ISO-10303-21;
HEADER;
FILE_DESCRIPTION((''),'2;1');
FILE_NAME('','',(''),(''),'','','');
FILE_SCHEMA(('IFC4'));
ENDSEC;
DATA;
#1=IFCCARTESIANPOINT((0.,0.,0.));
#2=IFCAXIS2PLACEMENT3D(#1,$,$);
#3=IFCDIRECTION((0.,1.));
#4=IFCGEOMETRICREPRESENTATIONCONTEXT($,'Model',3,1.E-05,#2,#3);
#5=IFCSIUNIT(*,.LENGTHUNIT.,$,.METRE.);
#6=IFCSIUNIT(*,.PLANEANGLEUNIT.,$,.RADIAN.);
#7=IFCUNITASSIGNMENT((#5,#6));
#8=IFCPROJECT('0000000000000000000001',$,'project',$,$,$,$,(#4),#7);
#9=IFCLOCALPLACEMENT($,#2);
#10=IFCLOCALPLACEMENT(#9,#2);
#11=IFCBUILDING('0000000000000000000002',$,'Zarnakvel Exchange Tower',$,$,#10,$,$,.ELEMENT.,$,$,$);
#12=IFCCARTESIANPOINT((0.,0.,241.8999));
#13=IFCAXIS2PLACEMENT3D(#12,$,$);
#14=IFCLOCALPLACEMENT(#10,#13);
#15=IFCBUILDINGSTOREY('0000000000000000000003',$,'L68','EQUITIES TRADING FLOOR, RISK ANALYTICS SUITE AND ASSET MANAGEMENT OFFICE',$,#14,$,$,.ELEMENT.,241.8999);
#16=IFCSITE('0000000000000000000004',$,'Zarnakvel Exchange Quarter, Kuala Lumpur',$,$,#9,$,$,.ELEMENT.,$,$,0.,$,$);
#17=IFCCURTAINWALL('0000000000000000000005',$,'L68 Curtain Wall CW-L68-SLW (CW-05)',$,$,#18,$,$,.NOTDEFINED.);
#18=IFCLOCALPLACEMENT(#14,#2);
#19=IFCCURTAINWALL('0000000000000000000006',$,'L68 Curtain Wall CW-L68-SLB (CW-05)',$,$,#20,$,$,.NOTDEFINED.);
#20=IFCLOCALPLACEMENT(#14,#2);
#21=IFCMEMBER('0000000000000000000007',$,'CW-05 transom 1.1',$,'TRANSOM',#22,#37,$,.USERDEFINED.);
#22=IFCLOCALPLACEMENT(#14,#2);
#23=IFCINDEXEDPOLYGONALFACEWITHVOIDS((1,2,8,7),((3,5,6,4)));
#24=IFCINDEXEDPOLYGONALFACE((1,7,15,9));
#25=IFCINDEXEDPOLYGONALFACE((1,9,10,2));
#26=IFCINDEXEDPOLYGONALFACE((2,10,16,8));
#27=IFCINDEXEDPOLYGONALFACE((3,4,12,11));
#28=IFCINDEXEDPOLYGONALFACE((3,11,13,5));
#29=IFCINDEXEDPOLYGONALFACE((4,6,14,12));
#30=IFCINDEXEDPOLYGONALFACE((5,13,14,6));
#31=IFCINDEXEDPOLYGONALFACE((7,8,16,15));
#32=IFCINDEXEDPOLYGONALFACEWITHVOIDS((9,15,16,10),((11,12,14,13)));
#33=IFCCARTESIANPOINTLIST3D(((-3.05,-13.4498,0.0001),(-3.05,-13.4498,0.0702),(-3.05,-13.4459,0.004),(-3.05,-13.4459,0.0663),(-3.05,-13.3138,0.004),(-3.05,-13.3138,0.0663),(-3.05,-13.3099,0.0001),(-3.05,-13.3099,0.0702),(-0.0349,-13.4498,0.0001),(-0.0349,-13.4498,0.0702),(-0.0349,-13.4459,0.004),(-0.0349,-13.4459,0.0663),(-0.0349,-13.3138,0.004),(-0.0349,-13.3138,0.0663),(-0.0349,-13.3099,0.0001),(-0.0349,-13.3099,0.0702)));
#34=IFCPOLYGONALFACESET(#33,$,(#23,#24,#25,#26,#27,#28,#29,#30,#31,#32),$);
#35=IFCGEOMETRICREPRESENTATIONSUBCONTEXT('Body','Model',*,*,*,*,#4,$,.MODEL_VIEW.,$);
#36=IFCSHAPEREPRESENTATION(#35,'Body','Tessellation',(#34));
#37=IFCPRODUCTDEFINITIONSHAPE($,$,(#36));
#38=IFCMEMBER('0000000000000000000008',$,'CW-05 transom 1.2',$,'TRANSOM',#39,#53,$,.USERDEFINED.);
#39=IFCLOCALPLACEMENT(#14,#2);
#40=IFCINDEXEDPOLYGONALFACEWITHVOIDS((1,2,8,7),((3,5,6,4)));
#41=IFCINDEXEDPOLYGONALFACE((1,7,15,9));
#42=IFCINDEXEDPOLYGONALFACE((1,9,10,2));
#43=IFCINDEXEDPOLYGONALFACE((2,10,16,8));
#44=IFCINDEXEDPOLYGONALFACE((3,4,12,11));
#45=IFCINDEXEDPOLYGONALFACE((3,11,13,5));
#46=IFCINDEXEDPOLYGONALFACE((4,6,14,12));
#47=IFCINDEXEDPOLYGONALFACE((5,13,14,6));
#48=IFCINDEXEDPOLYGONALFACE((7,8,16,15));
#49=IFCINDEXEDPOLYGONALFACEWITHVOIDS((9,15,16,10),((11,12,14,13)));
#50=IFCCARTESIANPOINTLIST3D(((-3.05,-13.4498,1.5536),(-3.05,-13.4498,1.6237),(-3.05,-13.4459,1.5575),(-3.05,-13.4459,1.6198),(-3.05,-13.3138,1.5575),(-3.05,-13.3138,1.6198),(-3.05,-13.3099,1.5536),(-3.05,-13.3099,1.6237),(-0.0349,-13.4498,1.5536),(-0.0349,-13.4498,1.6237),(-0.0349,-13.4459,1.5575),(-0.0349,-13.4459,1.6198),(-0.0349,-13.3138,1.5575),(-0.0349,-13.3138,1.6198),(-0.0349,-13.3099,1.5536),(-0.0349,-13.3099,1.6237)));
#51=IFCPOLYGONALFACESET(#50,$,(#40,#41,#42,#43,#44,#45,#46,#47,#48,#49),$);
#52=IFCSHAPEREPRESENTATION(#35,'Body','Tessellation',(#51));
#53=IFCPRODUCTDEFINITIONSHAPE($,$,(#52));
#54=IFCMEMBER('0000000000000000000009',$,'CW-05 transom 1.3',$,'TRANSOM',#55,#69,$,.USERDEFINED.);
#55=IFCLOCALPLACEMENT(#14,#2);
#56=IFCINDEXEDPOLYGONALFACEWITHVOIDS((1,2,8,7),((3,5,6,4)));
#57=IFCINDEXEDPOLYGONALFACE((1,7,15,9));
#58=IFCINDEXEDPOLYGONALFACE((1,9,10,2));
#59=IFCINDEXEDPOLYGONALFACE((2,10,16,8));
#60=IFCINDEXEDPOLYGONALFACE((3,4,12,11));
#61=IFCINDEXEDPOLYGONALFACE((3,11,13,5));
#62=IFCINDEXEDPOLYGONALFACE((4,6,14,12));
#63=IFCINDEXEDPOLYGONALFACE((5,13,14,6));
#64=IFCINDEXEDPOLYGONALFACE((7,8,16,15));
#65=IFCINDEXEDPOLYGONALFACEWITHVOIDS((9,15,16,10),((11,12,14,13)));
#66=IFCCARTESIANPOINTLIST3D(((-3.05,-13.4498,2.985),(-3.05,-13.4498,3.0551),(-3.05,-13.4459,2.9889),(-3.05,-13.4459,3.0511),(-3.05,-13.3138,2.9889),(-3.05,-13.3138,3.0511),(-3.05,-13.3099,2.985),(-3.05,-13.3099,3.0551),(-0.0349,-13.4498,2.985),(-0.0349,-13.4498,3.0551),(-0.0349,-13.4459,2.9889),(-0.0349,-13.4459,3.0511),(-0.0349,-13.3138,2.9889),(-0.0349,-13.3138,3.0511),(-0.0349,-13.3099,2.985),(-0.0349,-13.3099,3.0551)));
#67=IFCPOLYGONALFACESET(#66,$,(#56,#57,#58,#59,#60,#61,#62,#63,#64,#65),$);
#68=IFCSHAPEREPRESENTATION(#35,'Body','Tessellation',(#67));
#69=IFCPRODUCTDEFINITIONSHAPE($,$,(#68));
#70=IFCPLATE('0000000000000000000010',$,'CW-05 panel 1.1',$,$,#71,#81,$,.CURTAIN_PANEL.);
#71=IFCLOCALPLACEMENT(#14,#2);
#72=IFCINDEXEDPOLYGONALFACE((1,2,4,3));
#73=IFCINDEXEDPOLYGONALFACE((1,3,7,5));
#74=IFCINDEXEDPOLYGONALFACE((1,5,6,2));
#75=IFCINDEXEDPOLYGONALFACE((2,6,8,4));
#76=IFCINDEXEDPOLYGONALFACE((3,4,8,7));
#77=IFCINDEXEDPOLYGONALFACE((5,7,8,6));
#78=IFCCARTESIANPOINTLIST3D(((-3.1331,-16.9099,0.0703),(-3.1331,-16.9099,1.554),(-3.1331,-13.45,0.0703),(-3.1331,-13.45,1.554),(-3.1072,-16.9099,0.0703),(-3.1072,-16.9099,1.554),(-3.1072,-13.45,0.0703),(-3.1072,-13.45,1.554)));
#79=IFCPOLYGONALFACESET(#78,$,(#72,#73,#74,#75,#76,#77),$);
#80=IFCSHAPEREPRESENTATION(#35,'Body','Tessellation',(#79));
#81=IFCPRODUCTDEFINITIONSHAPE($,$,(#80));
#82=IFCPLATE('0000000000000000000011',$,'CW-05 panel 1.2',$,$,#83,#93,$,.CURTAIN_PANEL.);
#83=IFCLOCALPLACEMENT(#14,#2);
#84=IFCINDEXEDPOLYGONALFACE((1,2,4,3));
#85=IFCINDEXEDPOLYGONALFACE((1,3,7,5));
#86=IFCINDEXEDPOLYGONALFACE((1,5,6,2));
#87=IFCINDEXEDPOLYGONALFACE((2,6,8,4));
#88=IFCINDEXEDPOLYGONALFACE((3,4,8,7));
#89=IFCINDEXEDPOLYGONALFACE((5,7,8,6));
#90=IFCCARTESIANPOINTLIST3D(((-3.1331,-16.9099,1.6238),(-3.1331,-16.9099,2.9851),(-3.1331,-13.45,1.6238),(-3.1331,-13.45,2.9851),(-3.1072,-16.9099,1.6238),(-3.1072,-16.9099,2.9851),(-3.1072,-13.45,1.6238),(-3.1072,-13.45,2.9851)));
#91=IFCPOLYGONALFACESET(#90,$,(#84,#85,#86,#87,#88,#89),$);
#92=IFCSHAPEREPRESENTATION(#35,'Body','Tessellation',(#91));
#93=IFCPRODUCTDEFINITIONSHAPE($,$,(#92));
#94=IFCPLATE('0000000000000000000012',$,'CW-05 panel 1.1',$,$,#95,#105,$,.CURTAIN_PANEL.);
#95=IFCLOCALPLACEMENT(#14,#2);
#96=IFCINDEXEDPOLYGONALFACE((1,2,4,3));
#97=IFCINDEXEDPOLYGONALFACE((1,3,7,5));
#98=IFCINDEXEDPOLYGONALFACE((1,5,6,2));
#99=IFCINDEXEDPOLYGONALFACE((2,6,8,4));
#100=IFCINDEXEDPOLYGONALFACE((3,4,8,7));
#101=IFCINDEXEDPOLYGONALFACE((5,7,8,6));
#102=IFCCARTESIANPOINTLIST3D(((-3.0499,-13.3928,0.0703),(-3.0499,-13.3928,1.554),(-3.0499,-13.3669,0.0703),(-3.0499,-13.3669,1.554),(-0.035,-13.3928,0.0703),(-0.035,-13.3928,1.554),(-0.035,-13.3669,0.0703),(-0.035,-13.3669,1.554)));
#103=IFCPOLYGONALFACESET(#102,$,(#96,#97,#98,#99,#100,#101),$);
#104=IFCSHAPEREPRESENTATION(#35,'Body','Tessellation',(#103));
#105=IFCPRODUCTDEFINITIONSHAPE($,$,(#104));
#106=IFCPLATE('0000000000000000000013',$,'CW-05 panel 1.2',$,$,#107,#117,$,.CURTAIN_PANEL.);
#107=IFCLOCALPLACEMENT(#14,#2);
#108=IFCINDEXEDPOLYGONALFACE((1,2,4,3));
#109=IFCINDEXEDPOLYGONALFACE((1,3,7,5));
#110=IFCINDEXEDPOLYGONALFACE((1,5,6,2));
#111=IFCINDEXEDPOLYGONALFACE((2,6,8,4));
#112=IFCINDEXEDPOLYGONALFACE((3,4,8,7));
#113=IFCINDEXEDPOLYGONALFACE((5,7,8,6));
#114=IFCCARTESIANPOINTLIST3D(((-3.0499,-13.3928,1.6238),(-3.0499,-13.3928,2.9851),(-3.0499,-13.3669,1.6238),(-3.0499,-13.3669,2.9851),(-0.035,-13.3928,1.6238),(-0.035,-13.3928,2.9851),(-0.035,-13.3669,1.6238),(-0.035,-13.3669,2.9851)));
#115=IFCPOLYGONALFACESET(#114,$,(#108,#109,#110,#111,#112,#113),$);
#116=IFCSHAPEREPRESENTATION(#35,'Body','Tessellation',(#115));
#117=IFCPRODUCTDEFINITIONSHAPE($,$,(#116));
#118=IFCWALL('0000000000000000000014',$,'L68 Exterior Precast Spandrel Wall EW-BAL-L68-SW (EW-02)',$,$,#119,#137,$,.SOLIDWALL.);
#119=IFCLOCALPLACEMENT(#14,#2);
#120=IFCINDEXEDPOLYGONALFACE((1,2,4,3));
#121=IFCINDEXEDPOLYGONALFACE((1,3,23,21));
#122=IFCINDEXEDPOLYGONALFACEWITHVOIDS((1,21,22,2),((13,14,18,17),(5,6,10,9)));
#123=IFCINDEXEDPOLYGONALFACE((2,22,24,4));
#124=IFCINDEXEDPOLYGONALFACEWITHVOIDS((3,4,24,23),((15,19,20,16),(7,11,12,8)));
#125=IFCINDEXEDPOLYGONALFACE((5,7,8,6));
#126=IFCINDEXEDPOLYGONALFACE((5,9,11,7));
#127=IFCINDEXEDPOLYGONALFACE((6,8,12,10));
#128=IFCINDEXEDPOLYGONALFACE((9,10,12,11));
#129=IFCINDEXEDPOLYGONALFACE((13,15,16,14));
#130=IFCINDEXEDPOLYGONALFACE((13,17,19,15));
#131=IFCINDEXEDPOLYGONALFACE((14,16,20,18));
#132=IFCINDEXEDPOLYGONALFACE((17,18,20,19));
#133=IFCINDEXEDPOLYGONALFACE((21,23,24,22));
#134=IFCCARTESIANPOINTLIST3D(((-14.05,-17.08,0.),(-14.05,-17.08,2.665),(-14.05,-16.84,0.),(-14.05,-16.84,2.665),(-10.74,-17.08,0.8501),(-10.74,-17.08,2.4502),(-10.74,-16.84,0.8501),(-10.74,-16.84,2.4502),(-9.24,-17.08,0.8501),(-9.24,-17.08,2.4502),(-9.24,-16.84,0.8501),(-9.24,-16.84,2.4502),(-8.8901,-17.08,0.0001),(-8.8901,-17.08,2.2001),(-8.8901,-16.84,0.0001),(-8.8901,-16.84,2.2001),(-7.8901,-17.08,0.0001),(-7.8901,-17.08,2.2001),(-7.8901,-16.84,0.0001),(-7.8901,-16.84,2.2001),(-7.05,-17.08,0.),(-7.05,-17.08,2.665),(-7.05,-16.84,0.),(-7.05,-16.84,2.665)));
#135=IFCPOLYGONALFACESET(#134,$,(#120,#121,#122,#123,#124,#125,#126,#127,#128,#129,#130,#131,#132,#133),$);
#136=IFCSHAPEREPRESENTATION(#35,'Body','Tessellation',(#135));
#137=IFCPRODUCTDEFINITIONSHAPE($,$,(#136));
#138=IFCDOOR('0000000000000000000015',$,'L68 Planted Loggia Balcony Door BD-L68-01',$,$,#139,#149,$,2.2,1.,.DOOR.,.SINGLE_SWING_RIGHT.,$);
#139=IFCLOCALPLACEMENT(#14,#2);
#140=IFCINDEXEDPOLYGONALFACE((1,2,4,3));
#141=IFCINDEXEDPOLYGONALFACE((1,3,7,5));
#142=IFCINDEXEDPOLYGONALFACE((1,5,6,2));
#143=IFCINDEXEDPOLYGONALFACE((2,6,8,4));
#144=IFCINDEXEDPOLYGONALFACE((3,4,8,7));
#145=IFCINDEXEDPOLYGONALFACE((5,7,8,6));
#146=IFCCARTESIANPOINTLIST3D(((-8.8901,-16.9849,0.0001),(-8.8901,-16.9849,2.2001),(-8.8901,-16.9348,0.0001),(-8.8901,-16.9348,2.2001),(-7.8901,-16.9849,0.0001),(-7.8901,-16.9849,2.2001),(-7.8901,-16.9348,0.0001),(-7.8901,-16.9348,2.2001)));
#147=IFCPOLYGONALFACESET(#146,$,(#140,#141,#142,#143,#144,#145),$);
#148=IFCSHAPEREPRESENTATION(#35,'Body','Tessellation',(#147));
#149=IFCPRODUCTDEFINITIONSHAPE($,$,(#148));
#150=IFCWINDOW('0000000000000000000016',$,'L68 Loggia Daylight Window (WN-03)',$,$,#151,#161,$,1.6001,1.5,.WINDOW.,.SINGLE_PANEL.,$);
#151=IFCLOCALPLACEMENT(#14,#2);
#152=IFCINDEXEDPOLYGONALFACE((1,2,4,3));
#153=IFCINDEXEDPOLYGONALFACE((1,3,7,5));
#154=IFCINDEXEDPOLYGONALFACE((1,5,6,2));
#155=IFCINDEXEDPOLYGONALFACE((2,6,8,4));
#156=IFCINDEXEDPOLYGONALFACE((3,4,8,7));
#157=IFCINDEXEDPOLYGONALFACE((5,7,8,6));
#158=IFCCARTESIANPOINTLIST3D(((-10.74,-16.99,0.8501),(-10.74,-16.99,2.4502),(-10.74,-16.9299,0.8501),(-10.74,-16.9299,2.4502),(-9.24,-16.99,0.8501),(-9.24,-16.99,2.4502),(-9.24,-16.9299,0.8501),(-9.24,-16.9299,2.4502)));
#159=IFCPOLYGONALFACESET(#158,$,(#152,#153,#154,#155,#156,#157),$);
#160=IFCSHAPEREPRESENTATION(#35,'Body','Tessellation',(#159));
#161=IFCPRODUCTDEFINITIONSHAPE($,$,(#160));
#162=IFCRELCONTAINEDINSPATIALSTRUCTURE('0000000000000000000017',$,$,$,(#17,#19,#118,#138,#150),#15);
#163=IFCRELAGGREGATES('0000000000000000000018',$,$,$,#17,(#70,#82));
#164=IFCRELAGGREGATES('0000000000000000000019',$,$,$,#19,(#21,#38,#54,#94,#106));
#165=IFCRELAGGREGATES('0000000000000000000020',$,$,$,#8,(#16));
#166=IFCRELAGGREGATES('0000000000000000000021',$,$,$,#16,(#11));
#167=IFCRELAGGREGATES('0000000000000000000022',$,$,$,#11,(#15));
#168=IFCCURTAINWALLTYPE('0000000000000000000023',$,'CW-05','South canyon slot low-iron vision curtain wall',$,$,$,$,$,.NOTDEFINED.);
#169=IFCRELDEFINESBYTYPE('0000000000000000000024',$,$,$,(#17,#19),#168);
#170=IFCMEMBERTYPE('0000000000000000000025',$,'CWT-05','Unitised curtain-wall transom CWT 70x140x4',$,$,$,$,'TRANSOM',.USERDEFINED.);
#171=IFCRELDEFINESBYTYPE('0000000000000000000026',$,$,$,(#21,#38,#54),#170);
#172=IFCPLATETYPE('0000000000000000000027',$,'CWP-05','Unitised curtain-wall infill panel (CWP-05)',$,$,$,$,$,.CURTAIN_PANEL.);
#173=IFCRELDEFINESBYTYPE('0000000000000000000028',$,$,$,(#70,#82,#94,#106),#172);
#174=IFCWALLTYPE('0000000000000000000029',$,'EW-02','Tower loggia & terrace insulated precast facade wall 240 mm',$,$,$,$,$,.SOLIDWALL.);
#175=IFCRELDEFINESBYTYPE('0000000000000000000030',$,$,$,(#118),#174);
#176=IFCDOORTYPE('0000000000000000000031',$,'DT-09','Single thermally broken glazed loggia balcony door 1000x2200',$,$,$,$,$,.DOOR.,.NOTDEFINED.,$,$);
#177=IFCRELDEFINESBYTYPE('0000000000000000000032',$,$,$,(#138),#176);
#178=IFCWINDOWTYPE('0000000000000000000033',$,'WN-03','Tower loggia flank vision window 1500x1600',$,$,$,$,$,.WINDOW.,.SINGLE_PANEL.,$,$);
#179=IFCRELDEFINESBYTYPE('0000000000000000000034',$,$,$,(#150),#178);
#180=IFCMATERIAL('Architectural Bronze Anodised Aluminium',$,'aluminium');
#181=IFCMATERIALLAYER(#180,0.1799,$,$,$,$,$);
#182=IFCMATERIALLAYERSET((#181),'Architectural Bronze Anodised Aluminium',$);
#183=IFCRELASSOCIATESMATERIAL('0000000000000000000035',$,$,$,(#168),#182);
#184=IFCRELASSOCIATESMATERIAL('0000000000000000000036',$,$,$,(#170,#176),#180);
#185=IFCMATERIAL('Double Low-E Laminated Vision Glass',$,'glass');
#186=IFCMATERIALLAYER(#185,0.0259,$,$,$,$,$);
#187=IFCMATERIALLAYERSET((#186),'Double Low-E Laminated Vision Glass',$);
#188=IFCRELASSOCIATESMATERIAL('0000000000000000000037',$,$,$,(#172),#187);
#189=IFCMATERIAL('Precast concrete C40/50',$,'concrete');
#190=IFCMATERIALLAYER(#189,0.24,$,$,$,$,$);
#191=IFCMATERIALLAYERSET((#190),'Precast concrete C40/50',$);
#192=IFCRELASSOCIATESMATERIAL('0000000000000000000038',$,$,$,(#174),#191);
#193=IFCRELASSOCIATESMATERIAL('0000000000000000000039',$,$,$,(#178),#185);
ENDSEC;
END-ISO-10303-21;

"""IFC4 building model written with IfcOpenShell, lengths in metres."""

from ifc_helpers import new_model, si_unit, direction, frame, frame_2d, origin, origin_2d, place, context, subcontext, project, spatial, rectangle, hollow_rectangle, extrude, source, transform, mapped, material, layer, layer_set, material_profile, profile_set, type_object, element, fill, aggregate, save


model = new_model("IFC4")

# Units and contexts
model_context = context("Model", 3, precision=1e-05, world=origin(), true_north=direction((0.0, 1.0)))
body_context = subcontext(model_context, "Body", "Model", "MODEL_VIEW")
ifc_project = project(units=[si_unit("LENGTHUNIT", "METRE"), si_unit("PLANEANGLEUNIT", "RADIAN")], contexts=[model_context])

# Site, building, storey
site_placement = place(None, origin())
site = spatial("IfcSite", under=ifc_project, at=site_placement, Name="Zarnakvel Exchange Quarter, Kuala Lumpur", CompositionType="ELEMENT", RefElevation=0.0)
building_placement = place(site_placement, origin())
building = spatial("IfcBuilding", under=site, at=building_placement, Name="Zarnakvel Exchange Tower", CompositionType="ELEMENT")
storey_placement = place(building_placement, frame((0.0, 0.0, 241.8999)))
storey = spatial("IfcBuildingStorey", under=building, at=storey_placement, Name="L68", Description="EQUITIES TRADING FLOOR, RISK ANALYTICS SUITE AND ASSET MANAGEMENT OFFICE", CompositionType="ELEMENT", Elevation=241.8999)

# Curtain walls
ifc_material_1 = material(Name="Architectural Bronze Anodised Aluminium", Category="aluminium")
ifc_layer_1 = layer(ifc_material_1, 0.1799)
ifc_layer_set_1 = layer_set([ifc_layer_1], Name="Architectural Bronze Anodised Aluminium")
curtain_wall_type = type_object("IfcCurtainWallType", Name="CW-05", Description="South canyon slot low-iron vision curtain wall", PredefinedType="NOTDEFINED", material=ifc_layer_set_1)
curtain_wall_1_placement = place(storey_placement, origin())
curtain_wall_1 = element("IfcCurtainWall", 1, at=curtain_wall_1_placement, inside=storey, type_object=curtain_wall_type, Name="L68 Curtain Wall CW-L68-SLW (CW-05)", PredefinedType="NOTDEFINED")
curtain_wall_2_placement = place(storey_placement, origin())
curtain_wall_2 = element("IfcCurtainWall", 2, at=curtain_wall_2_placement, inside=storey, type_object=curtain_wall_type, Name="L68 Curtain Wall CW-L68-SLB (CW-05)", PredefinedType="NOTDEFINED")

# Members
ifc_material_profile_1 = material_profile(ifc_material_1, hollow_rectangle(XDim=0.1399, YDim=0.0701, WallThickness=0.0039, at=origin_2d()))
ifc_profile_set_1 = profile_set([ifc_material_profile_1], Name="Architectural Bronze Anodised Aluminium")
member_type_1 = type_object("IfcMemberType", Name="CWT-05", Description="Unitised curtain-wall transom CWT 70x140x4", ElementType="TRANSOM", PredefinedType="USERDEFINED", material=ifc_profile_set_1)
shared_shape_1 = source(origin(), body_context, "Body", "SweptSolid", [
    extrude(hollow_rectangle(XDim=0.1399, YDim=0.0701, WallThickness=0.0039, at=origin_2d()), origin(), (0.0, 0.0, 1.0), 3.0151),
])
member_1_placement = place(storey_placement, frame((-3.05, -13.3799, 0.0352), z_axis=(1.0, 0.0, 0.0), x_axis=(0.0, 1.0, 0.0)))
member_1 = element("IfcMember", 3, at=member_1_placement, type_object=member_type_1, Name="CW-05 transom 1.1", ObjectType="TRANSOM", PredefinedType="USERDEFINED", context=body_context, shape_type="MappedRepresentation", body=[
    mapped(shared_shape_1, transform((0.0, 0.0, 0.0), x_axis=(1.0, 0.0, 0.0), y_axis=(0.0, 1.0, 0.0), z_axis=(0.0, 0.0, 1.0), scale=1.0)),
])
member_2_placement = place(storey_placement, frame((-3.05, -13.3799, 1.5886), z_axis=(1.0, 0.0, 0.0), x_axis=(0.0, 1.0, 0.0)))
member_2 = element("IfcMember", 4, at=member_2_placement, type_object=member_type_1, Name="CW-05 transom 1.2", ObjectType="TRANSOM", PredefinedType="USERDEFINED", context=body_context, shape_type="MappedRepresentation", body=[
    mapped(shared_shape_1, transform((0.0, 0.0, 0.0), x_axis=(1.0, 0.0, 0.0), y_axis=(0.0, 1.0, 0.0), z_axis=(0.0, 0.0, 1.0), scale=1.0)),
])
member_3_placement = place(storey_placement, frame((-3.05, -13.3799, 3.02), z_axis=(1.0, 0.0, 0.0), x_axis=(0.0, 1.0, 0.0)))
member_3 = element("IfcMember", 5, at=member_3_placement, type_object=member_type_1, Name="CW-05 transom 1.3", ObjectType="TRANSOM", PredefinedType="USERDEFINED", context=body_context, shape_type="MappedRepresentation", body=[
    mapped(shared_shape_1, transform((0.0, 0.0, 0.0), x_axis=(1.0, 0.0, 0.0), y_axis=(0.0, 1.0, 0.0), z_axis=(0.0, 0.0, 1.0), scale=1.0)),
])

# Plates
ifc_material_2 = material(Name="Double Low-E Laminated Vision Glass", Category="glass")
ifc_layer_2 = layer(ifc_material_2, 0.0259)
ifc_layer_set_2 = layer_set([ifc_layer_2], Name="Double Low-E Laminated Vision Glass")
plate_type = type_object("IfcPlateType", Name="CWP-05", Description="Unitised curtain-wall infill panel (CWP-05)", PredefinedType="CURTAIN_PANEL", material=ifc_layer_set_2)
shared_shape_2 = source(origin(), body_context, "Body", "SweptSolid", [
    extrude(rectangle(XDim=3.46, YDim=0.0259, at=origin_2d()), origin(), (0.0, 0.0, 1.0), 1.4836),
])
plate_1_placement = place(storey_placement, frame((-3.1201, -15.1799, 0.0703), z_axis=(0.0, 0.0, 1.0), x_axis=(0.0, 1.0, 0.0)))
plate_1 = element("IfcPlate", 6, at=plate_1_placement, type_object=plate_type, Name="CW-05 panel 1.1", PredefinedType="CURTAIN_PANEL", context=body_context, shape_type="MappedRepresentation", body=[
    mapped(shared_shape_2, transform((0.0, 0.0, 0.0), x_axis=(1.0, 0.0, 0.0), y_axis=(0.0, 1.0, 0.0), z_axis=(0.0, 0.0, 1.0), scale=1.0)),
])
shared_shape_3 = source(origin(), body_context, "Body", "SweptSolid", [
    extrude(rectangle(XDim=3.46, YDim=0.0259, at=origin_2d()), origin(), (0.0, 0.0, 1.0), 1.3613),
])
plate_2_placement = place(storey_placement, frame((-3.1201, -15.1799, 1.6238), z_axis=(0.0, 0.0, 1.0), x_axis=(0.0, 1.0, 0.0)))
plate_2 = element("IfcPlate", 7, at=plate_2_placement, type_object=plate_type, Name="CW-05 panel 1.2", PredefinedType="CURTAIN_PANEL", context=body_context, shape_type="MappedRepresentation", body=[
    mapped(shared_shape_3, transform((0.0, 0.0, 0.0), x_axis=(1.0, 0.0, 0.0), y_axis=(0.0, 1.0, 0.0), z_axis=(0.0, 0.0, 1.0), scale=1.0)),
])
aggregate(curtain_wall_1, [plate_1, plate_2])
shared_shape_4 = source(origin(), body_context, "Body", "SweptSolid", [
    extrude(rectangle(XDim=3.0149, YDim=0.0259, at=origin_2d()), origin(), (0.0, 0.0, 1.0), 1.4836),
])
plate_3_placement = place(storey_placement, frame((-1.5425, -13.3799, 0.0703), z_axis=(0.0, 0.0, 1.0), x_axis=(1.0, 0.0, 0.0)))
plate_3 = element("IfcPlate", 8, at=plate_3_placement, type_object=plate_type, Name="CW-05 panel 1.1", PredefinedType="CURTAIN_PANEL", context=body_context, shape_type="MappedRepresentation", body=[
    mapped(shared_shape_4, transform((0.0, 0.0, 0.0), x_axis=(1.0, 0.0, 0.0), y_axis=(0.0, 1.0, 0.0), z_axis=(0.0, 0.0, 1.0), scale=1.0)),
])
shared_shape_5 = source(origin(), body_context, "Body", "SweptSolid", [
    extrude(rectangle(XDim=3.0149, YDim=0.0259, at=origin_2d()), origin(), (0.0, 0.0, 1.0), 1.3613),
])
plate_4_placement = place(storey_placement, frame((-1.5425, -13.3799, 1.6238), z_axis=(0.0, 0.0, 1.0), x_axis=(1.0, 0.0, 0.0)))
plate_4 = element("IfcPlate", 9, at=plate_4_placement, type_object=plate_type, Name="CW-05 panel 1.2", PredefinedType="CURTAIN_PANEL", context=body_context, shape_type="MappedRepresentation", body=[
    mapped(shared_shape_5, transform((0.0, 0.0, 0.0), x_axis=(1.0, 0.0, 0.0), y_axis=(0.0, 1.0, 0.0), z_axis=(0.0, 0.0, 1.0), scale=1.0)),
])
aggregate(curtain_wall_2, [member_1, member_2, member_3, plate_3, plate_4])

# Wall, openings, door, window
ifc_material_3 = material(Name="Precast concrete C40/50", Category="concrete")
ifc_layer_3 = layer(ifc_material_3, 0.24)
ifc_layer_set_3 = layer_set([ifc_layer_3], Name="Precast concrete C40/50")
wall_type = type_object("IfcWallType", Name="EW-02", Description="Tower loggia & terrace insulated precast facade wall 240 mm", PredefinedType="SOLIDWALL", material=ifc_layer_set_3)
wall_1_placement = place(storey_placement, frame((-7.05, -16.96, 0.0), z_axis=(0.0, 0.0, 1.0), x_axis=(-1.0, 0.0, 0.0)))
wall_1 = element("IfcWall", 10, at=wall_1_placement, inside=storey, type_object=wall_type, Name="L68 Exterior Precast Spandrel Wall EW-BAL-L68-SW (EW-02)", PredefinedType="SOLIDWALL", context=body_context, shape_type="SweptSolid", body=[
    extrude(rectangle(XDim=7.0, YDim=0.24, at=frame_2d((3.5, 0.0))), origin(), (0.0, 0.0, 1.0), 2.665),
])
opening_1_placement = place(wall_1_placement, frame((0.8401, 0.0, 0.0)))
opening_1 = element("IfcOpeningElement", 11, at=opening_1_placement, cuts=wall_1, PredefinedType="OPENING", context=body_context, shape_type="SweptSolid", body=[
    extrude(rectangle(XDim=1.0, YDim=2.2, at=frame_2d((0.5, 1.1001))), frame((0.0, 0.1299, 0.0), z_axis=(0.0, -1.0, 0.0), x_axis=(1.0, 0.0, 0.0)), (0.0, 0.0, 1.0), 0.26),
])
opening_2_placement = place(wall_1_placement, frame((2.1899, 0.0, 0.8501)))
opening_2 = element("IfcOpeningElement", 12, at=opening_2_placement, cuts=wall_1, PredefinedType="OPENING", context=body_context, shape_type="SweptSolid", body=[
    extrude(rectangle(XDim=1.5, YDim=1.6001, at=frame_2d((0.75, 0.8))), frame((0.0, 0.1299, 0.0), z_axis=(0.0, -1.0, 0.0), x_axis=(1.0, 0.0, 0.0)), (0.0, 0.0, 1.0), 0.26),
])
door_type = type_object("IfcDoorType", Name="DT-09", Description="Single thermally broken glazed loggia balcony door 1000x2200", OperationType="NOTDEFINED", PredefinedType="DOOR", material=ifc_material_1)
shared_shape_6 = source(origin(), body_context, "Body", "SweptSolid", [
    extrude(rectangle(XDim=1.0, YDim=2.2, at=frame_2d((0.5, 1.1001))), frame((0.0, 0.0249, 0.0), z_axis=(0.0, -1.0, 0.0), x_axis=(1.0, 0.0, 0.0)), (0.0, 0.0, 1.0), 0.05),
])
door_placement = place(opening_1_placement, origin())
door = element("IfcDoor", 13, at=door_placement, inside=storey, type_object=door_type, Name="L68 Planted Loggia Balcony Door BD-L68-01", OperationType="SINGLE_SWING_RIGHT", OverallHeight=2.2, OverallWidth=1.0, PredefinedType="DOOR", context=body_context, shape_type="MappedRepresentation", body=[
    mapped(shared_shape_6, transform((0.0, 0.0, 0.0), x_axis=(1.0, 0.0, 0.0), y_axis=(0.0, 1.0, 0.0), z_axis=(0.0, 0.0, 1.0), scale=1.0)),
])
fill(opening_1, door)
window_type = type_object("IfcWindowType", Name="WN-03", Description="Tower loggia flank vision window 1500x1600", PartitioningType="SINGLE_PANEL", PredefinedType="WINDOW", material=ifc_material_2)
shared_shape_7 = source(origin(), body_context, "Body", "SweptSolid", [
    extrude(rectangle(XDim=1.5, YDim=1.6001, at=frame_2d((0.75, 0.8))), frame((0.0, 0.03, 0.0), z_axis=(0.0, -1.0, 0.0), x_axis=(1.0, 0.0, 0.0)), (0.0, 0.0, 1.0), 0.0601),
])
window_placement = place(opening_2_placement, origin())
window = element("IfcWindow", 14, at=window_placement, inside=storey, type_object=window_type, Name="L68 Loggia Daylight Window (WN-03)", OverallHeight=1.6001, OverallWidth=1.5, PartitioningType="SINGLE_PANEL", PredefinedType="WINDOW", context=body_context, shape_type="MappedRepresentation", body=[
    mapped(shared_shape_7, transform((0.0, 0.0, 0.0), x_axis=(1.0, 0.0, 0.0), y_axis=(0.0, 1.0, 0.0), z_axis=(0.0, 0.0, 1.0), scale=1.0)),
])
fill(opening_2, window)

save(model, "model.ifc")
